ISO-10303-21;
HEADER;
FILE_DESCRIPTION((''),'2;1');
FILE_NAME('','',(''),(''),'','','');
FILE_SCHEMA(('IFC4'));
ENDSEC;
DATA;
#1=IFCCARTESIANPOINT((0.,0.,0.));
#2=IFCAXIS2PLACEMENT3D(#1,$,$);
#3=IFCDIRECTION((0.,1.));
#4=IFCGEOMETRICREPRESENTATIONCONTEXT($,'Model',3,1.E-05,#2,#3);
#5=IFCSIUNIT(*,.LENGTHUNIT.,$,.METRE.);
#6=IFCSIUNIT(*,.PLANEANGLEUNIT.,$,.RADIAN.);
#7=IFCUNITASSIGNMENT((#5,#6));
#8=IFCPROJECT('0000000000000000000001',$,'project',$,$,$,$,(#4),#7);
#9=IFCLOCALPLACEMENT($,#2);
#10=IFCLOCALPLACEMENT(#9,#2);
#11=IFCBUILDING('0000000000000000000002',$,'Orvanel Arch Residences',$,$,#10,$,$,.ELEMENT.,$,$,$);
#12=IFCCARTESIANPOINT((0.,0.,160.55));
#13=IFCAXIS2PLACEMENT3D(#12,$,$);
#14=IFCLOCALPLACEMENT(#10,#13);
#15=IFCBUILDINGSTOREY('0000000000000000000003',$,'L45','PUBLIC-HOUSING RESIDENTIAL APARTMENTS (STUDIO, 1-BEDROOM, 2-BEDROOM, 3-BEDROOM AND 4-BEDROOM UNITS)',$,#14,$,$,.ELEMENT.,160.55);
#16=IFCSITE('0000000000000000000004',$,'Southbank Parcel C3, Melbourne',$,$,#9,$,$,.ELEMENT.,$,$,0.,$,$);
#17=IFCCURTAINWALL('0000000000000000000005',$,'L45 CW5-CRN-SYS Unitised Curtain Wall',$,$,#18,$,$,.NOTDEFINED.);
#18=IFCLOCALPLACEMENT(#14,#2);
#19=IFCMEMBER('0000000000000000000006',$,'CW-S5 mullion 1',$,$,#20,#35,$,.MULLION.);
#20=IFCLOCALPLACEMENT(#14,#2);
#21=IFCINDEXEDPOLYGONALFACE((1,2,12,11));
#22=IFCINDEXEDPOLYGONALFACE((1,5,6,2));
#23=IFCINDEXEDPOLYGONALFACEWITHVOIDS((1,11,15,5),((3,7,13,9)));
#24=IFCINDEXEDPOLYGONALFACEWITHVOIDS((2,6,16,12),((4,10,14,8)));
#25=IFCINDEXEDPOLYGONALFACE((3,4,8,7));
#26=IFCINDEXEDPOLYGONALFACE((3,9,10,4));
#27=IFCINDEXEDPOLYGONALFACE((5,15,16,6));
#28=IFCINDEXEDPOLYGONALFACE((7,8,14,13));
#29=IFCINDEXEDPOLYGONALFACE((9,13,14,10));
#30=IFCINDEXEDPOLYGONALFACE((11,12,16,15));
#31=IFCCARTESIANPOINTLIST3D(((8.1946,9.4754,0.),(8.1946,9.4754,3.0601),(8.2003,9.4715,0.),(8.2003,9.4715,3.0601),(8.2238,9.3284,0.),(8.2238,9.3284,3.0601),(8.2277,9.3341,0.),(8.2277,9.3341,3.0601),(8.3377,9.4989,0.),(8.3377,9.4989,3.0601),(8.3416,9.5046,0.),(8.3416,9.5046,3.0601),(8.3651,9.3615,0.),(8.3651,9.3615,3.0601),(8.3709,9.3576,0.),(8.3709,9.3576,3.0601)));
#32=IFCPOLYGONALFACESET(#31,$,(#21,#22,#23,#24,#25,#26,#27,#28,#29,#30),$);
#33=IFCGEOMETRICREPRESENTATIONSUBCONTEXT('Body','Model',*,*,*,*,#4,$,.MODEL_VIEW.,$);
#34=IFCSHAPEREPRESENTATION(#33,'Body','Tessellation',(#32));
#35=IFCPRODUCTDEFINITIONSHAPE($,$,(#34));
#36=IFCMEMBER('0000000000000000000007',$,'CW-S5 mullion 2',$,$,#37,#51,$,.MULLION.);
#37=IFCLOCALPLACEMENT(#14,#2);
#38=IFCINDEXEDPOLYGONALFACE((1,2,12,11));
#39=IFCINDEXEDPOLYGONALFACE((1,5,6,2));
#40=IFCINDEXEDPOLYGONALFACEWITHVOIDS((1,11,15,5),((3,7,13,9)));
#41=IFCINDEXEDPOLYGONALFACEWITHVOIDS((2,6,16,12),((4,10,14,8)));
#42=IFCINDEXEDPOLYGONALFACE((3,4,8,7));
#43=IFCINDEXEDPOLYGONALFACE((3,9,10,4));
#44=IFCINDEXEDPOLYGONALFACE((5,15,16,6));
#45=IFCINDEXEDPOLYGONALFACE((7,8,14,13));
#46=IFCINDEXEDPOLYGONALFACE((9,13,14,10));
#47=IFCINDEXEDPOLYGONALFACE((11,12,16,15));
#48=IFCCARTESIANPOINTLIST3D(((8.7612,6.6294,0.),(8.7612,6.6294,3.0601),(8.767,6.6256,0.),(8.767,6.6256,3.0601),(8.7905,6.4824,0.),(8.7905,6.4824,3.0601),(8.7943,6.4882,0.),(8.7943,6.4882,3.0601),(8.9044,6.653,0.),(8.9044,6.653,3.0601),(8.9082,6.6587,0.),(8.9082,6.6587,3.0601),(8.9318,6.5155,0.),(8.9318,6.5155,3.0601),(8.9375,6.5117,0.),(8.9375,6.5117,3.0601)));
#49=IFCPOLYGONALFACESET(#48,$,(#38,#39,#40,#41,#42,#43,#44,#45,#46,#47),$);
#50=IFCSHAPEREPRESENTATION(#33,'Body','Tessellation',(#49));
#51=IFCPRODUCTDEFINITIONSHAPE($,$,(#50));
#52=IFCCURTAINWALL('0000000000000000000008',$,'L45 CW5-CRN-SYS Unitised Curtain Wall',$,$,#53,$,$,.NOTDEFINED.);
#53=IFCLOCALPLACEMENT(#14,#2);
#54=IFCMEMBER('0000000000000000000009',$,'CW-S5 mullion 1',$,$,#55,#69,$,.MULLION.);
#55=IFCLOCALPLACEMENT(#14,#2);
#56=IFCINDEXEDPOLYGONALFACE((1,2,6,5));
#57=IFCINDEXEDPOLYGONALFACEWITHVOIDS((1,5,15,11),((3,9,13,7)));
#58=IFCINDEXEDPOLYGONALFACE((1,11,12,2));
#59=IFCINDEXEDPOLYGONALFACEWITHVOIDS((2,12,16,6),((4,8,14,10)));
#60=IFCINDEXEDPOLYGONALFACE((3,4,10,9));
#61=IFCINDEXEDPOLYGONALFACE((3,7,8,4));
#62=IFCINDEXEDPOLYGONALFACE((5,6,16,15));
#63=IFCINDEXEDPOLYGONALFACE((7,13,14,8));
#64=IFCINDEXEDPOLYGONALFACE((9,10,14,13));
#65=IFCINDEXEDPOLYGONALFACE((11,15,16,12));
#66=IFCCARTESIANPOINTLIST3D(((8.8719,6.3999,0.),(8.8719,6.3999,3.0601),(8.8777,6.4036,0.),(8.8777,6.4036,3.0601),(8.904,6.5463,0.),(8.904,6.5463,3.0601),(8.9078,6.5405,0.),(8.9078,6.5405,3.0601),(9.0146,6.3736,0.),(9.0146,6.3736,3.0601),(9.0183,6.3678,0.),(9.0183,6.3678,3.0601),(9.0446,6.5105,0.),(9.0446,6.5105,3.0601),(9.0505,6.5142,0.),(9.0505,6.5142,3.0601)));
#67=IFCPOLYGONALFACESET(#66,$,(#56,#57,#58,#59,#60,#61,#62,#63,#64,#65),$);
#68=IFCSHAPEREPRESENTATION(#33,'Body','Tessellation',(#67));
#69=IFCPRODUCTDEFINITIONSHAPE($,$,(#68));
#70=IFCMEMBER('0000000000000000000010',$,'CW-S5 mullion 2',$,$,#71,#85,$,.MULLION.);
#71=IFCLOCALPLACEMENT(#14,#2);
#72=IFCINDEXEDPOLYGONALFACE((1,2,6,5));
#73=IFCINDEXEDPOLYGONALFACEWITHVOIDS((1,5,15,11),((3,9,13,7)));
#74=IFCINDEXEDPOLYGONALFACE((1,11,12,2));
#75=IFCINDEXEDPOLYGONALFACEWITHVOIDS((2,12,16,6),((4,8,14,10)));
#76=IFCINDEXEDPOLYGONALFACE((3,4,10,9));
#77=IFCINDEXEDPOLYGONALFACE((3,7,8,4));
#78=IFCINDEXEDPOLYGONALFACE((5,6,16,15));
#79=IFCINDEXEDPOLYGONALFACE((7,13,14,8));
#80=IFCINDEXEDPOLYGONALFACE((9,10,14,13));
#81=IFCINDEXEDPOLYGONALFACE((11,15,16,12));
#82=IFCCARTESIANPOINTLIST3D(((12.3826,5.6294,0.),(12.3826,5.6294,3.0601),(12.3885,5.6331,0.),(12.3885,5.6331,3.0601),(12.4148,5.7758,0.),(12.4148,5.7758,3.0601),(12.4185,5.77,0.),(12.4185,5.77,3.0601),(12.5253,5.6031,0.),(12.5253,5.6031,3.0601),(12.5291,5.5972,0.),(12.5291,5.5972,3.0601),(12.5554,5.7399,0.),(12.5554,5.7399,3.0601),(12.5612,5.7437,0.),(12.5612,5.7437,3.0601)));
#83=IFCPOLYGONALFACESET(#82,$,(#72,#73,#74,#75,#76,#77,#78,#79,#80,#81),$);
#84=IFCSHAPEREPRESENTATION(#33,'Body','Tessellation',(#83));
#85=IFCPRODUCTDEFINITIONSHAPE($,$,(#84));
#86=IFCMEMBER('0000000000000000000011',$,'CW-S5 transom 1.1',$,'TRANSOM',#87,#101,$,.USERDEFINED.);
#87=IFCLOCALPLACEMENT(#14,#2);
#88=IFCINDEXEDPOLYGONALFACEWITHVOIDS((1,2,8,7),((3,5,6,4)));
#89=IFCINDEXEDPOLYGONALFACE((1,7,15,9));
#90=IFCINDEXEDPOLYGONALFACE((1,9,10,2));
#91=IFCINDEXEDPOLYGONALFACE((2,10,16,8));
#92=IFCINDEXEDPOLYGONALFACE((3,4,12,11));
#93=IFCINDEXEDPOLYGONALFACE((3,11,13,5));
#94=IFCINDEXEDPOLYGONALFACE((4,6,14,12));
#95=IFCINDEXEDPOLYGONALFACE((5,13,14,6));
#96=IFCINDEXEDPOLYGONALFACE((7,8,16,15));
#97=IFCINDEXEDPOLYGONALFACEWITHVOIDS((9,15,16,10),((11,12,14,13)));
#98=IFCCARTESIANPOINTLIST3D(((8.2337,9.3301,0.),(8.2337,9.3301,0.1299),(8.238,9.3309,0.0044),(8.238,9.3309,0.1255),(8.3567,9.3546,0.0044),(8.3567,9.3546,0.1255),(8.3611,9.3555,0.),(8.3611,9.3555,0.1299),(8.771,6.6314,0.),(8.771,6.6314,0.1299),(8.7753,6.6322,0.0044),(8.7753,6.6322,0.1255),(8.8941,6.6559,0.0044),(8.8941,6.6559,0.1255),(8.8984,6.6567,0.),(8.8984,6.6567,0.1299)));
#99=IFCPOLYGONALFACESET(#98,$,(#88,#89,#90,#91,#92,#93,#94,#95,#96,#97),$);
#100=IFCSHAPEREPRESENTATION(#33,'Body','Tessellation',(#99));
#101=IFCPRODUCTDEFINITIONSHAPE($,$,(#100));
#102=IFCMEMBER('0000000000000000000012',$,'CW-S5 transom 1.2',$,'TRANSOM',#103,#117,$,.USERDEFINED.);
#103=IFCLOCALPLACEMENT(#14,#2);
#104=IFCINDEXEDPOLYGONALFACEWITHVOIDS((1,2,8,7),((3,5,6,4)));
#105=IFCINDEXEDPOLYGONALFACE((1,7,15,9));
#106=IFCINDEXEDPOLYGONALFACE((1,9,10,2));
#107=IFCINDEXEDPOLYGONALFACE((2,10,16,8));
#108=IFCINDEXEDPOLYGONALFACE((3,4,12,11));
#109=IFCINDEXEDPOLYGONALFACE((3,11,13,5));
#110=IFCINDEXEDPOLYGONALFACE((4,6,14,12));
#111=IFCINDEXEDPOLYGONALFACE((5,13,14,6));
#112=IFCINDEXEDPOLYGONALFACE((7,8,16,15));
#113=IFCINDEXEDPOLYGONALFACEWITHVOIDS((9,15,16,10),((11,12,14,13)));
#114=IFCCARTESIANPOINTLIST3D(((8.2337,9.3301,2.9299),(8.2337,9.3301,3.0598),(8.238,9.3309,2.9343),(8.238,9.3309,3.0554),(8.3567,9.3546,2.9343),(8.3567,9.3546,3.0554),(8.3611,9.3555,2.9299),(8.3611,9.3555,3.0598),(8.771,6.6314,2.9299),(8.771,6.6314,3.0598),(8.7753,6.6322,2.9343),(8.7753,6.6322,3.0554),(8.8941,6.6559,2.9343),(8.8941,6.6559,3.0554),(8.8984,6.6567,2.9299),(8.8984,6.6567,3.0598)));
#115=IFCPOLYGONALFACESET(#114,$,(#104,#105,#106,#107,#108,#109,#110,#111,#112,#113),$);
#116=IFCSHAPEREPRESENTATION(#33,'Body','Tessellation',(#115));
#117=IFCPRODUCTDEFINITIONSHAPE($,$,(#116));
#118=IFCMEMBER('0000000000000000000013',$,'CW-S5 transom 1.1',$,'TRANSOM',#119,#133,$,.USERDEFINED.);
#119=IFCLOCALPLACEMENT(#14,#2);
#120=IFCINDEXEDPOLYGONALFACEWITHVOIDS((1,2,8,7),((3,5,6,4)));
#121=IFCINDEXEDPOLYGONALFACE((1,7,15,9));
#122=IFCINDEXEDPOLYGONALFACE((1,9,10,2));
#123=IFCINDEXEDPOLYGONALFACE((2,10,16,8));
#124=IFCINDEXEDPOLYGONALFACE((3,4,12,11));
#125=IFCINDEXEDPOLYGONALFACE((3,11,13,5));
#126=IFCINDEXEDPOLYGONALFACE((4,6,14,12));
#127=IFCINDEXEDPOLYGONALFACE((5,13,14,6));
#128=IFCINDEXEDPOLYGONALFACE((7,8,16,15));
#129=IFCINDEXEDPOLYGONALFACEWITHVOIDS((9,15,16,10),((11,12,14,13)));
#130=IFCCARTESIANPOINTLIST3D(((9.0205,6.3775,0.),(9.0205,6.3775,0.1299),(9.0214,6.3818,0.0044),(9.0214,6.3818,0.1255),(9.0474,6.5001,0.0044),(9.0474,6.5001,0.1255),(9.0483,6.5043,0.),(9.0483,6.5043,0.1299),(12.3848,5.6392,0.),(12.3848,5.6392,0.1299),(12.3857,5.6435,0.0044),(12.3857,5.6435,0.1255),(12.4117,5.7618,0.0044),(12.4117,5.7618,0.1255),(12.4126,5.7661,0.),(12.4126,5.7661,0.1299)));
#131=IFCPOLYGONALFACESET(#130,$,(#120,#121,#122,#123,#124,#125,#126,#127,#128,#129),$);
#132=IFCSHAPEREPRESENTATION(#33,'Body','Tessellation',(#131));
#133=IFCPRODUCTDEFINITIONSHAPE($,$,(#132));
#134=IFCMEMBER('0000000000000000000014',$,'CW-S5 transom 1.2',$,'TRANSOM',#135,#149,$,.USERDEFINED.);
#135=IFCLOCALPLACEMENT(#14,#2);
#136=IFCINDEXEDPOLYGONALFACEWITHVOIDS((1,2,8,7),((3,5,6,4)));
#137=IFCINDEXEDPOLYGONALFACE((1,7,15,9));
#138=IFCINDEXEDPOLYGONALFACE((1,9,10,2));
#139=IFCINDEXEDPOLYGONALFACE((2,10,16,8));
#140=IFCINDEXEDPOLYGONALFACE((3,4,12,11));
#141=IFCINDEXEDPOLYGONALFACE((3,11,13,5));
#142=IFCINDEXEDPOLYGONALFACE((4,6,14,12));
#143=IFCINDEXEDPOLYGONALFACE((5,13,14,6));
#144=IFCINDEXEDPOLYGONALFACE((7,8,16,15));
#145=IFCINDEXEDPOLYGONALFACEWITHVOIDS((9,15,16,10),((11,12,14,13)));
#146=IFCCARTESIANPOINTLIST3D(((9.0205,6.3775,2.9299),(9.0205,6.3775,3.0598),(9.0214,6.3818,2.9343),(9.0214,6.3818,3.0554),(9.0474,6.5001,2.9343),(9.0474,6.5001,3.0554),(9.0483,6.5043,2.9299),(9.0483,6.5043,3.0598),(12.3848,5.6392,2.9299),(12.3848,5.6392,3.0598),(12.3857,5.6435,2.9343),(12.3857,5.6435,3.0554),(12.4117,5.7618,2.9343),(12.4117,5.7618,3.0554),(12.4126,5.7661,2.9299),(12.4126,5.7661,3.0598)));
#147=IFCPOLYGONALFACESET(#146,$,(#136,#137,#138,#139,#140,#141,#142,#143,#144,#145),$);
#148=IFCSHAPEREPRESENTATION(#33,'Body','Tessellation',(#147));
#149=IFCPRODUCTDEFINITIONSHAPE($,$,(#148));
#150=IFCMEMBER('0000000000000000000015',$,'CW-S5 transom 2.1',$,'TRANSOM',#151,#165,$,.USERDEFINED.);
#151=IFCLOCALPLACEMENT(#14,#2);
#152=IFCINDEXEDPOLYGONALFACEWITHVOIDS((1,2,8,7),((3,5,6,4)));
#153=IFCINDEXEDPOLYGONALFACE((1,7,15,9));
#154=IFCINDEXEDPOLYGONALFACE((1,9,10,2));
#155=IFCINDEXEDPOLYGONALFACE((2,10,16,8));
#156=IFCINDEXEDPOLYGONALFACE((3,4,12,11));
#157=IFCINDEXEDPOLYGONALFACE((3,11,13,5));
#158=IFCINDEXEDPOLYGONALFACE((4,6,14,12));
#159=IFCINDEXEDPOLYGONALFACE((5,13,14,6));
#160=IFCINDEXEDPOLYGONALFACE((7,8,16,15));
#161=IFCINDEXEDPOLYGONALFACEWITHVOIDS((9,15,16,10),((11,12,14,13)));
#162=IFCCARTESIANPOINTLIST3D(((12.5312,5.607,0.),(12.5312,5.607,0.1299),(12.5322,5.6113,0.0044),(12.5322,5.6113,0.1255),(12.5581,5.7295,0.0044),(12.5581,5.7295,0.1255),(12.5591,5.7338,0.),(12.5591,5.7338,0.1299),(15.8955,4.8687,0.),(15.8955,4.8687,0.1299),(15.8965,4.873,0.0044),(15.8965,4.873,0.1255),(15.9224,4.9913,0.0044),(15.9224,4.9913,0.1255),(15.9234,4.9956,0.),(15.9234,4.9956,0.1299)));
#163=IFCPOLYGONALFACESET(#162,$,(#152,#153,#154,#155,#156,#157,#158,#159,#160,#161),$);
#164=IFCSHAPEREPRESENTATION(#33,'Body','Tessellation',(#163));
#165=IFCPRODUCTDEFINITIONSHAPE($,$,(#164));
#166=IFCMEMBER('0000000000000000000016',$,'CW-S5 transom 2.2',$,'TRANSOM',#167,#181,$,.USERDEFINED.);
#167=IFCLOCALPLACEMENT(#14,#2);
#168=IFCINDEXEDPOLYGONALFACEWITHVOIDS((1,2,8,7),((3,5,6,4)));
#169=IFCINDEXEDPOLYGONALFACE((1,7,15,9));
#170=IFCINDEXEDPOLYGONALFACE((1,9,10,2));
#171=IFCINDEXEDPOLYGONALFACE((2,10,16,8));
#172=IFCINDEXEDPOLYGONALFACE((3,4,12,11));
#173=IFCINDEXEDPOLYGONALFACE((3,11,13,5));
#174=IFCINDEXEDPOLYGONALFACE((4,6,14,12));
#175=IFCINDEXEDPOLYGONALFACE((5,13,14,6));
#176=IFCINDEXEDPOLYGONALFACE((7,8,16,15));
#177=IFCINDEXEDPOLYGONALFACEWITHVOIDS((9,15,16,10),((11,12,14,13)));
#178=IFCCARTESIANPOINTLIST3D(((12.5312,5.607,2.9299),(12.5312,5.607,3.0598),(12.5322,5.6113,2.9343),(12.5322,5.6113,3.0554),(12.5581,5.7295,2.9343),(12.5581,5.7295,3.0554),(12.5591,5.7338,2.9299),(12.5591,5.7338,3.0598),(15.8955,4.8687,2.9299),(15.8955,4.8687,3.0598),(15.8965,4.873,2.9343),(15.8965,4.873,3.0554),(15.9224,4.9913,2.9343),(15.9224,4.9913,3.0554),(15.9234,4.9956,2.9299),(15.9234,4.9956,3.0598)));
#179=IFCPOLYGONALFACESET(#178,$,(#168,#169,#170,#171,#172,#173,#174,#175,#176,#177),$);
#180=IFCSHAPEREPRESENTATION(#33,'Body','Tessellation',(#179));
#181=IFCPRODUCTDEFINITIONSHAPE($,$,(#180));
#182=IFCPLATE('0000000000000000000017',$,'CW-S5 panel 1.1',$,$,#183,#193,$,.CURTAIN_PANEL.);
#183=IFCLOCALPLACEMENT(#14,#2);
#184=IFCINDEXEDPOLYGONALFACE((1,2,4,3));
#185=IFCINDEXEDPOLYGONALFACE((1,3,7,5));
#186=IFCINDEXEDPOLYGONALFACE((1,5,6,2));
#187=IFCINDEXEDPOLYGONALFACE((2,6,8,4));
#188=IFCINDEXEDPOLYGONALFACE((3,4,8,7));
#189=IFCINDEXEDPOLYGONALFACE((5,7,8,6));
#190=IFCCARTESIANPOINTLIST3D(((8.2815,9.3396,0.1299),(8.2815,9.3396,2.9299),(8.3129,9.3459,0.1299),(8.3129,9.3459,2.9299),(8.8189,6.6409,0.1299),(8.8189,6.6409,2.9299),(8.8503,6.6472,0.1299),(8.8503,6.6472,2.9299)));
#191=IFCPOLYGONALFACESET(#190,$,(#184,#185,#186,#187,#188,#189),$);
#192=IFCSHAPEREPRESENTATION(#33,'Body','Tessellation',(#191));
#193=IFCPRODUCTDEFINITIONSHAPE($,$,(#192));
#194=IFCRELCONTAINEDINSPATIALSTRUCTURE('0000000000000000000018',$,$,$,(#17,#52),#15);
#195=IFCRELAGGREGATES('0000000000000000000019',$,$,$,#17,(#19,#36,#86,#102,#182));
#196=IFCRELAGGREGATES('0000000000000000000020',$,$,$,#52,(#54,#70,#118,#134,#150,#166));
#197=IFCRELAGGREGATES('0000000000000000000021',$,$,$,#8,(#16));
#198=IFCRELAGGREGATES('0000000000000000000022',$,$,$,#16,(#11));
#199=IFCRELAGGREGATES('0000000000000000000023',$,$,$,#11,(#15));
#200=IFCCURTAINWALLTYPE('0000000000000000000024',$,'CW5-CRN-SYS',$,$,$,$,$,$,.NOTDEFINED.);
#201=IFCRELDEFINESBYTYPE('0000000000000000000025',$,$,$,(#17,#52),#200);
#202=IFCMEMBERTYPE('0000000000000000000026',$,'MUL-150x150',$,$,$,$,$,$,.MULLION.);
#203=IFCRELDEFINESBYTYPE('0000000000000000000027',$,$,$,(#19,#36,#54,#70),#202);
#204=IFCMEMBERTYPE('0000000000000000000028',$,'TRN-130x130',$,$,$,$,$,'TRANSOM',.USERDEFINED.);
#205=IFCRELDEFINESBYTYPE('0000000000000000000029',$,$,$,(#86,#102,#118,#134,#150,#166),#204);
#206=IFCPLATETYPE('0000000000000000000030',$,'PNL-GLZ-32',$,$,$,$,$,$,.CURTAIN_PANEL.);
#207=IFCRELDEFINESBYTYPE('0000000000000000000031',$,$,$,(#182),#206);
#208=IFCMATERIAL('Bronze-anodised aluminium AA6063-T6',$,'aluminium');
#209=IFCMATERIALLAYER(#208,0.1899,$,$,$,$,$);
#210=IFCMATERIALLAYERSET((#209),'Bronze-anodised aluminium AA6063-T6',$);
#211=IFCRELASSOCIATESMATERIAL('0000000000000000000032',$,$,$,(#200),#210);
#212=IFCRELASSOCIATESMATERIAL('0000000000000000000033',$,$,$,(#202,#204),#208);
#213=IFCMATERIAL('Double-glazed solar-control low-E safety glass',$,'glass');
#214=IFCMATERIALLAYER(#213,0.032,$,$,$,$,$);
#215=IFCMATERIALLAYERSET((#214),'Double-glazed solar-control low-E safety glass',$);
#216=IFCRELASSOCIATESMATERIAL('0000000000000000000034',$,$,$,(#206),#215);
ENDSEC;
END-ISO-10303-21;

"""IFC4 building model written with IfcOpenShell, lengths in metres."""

from ifc_helpers import new_model, si_unit, direction, frame, origin, origin_2d, place, context, subcontext, project, spatial, rectangle, hollow_rectangle, extrude, material, layer, layer_set, material_profile, profile_set, type_object, element, aggregate, save


model = new_model("IFC4")

# Units and contexts
model_context = context("Model", 3, precision=1e-05, world=origin(), true_north=direction((0.0, 1.0)))
body_context = subcontext(model_context, "Body", "Model", "MODEL_VIEW")
ifc_project = project(units=[si_unit("LENGTHUNIT", "METRE"), si_unit("PLANEANGLEUNIT", "RADIAN")], contexts=[model_context])

# Site, building, storey
site_placement = place(None, origin())
site = spatial("IfcSite", under=ifc_project, at=site_placement, Name="Southbank Parcel C3, Melbourne", CompositionType="ELEMENT", RefElevation=0.0)
building_placement = place(site_placement, origin())
building = spatial("IfcBuilding", under=site, at=building_placement, Name="Orvanel Arch Residences", CompositionType="ELEMENT")
storey_placement = place(building_placement, frame((0.0, 0.0, 160.55)))
storey = spatial("IfcBuildingStorey", under=building, at=storey_placement, Name="L45", Description="PUBLIC-HOUSING RESIDENTIAL APARTMENTS (STUDIO, 1-BEDROOM, 2-BEDROOM, 3-BEDROOM AND 4-BEDROOM UNITS)", CompositionType="ELEMENT", Elevation=160.55)

# Curtain walls, members
ifc_material_1 = material(Name="Bronze-anodised aluminium AA6063-T6", Category="aluminium")
ifc_layer_1 = layer(ifc_material_1, 0.1899)
ifc_layer_set_1 = layer_set([ifc_layer_1], Name="Bronze-anodised aluminium AA6063-T6")
curtain_wall_type = type_object("IfcCurtainWallType", Name="CW5-CRN-SYS", PredefinedType="NOTDEFINED", material=ifc_layer_set_1)
curtain_wall_1_placement = place(storey_placement, origin())
curtain_wall_1 = element("IfcCurtainWall", 1, at=curtain_wall_1_placement, inside=storey, type_object=curtain_wall_type, Name="L45 CW5-CRN-SYS Unitised Curtain Wall", PredefinedType="NOTDEFINED")
ifc_material_profile_1 = material_profile(ifc_material_1, hollow_rectangle(XDim=0.1499, YDim=0.1499, WallThickness=0.0049, at=origin_2d()), Name="ALU150x150x5")
ifc_profile_set_1 = profile_set([ifc_material_profile_1], Name="Bronze-anodised aluminium AA6063-T6")
member_type_1 = type_object("IfcMemberType", Name="MUL-150x150", PredefinedType="MULLION", material=ifc_profile_set_1)
member_1_placement = place(storey_placement, frame((8.2827, 9.4165, 0.0), z_axis=(0.0, 0.0, 1.0), x_axis=(0.980744, 0.195297, 0.0)))
member_1 = element("IfcMember", 2, at=member_1_placement, type_object=member_type_1, Name="CW-S5 mullion 1", PredefinedType="MULLION", context=body_context, shape_type="SweptSolid", body=[
    extrude(hollow_rectangle(XDim=0.1499, YDim=0.1499, WallThickness=0.0049, at=origin_2d()), origin(), (0.0, 0.0, 1.0), 3.0601),
])
member_2_placement = place(storey_placement, frame((8.8494, 6.5706, 0.0), z_axis=(0.0, 0.0, 1.0), x_axis=(0.980744, 0.195297, 0.0)))
member_2 = element("IfcMember", 3, at=member_2_placement, type_object=member_type_1, Name="CW-S5 mullion 2", PredefinedType="MULLION", context=body_context, shape_type="SweptSolid", body=[
    extrude(hollow_rectangle(XDim=0.1499, YDim=0.1499, WallThickness=0.0049, at=origin_2d()), origin(), (0.0, 0.0, 1.0), 3.0601),
])
curtain_wall_2_placement = place(storey_placement, origin())
curtain_wall_2 = element("IfcCurtainWall", 4, at=curtain_wall_2_placement, inside=storey, type_object=curtain_wall_type, Name="L45 CW5-CRN-SYS Unitised Curtain Wall", PredefinedType="NOTDEFINED")
member_3_placement = place(storey_placement, frame((8.9612, 6.457, 0.0), z_axis=(0.0, 0.0, 1.0), x_axis=(0.214347, 0.976758, 0.0)))
member_3 = element("IfcMember", 5, at=member_3_placement, type_object=member_type_1, Name="CW-S5 mullion 1", PredefinedType="MULLION", context=body_context, shape_type="SweptSolid", body=[
    extrude(hollow_rectangle(XDim=0.1499, YDim=0.1499, WallThickness=0.0049, at=origin_2d()), origin(), (0.0, 0.0, 1.0), 3.0601),
])
member_4_placement = place(storey_placement, frame((12.4719, 5.6865, 0.0), z_axis=(0.0, 0.0, 1.0), x_axis=(0.214347, 0.976758, 0.0)))
member_4 = element("IfcMember", 6, at=member_4_placement, type_object=member_type_1, Name="CW-S5 mullion 2", PredefinedType="MULLION", context=body_context, shape_type="SweptSolid", body=[
    extrude(hollow_rectangle(XDim=0.1499, YDim=0.1499, WallThickness=0.0049, at=origin_2d()), origin(), (0.0, 0.0, 1.0), 3.0601),
])

# Members
ifc_material_profile_2 = material_profile(ifc_material_1, hollow_rectangle(XDim=0.1299, YDim=0.1299, WallThickness=0.0044, at=origin_2d()), Name="ALU130x130x4.5")
ifc_profile_set_2 = profile_set([ifc_material_profile_2], Name="Bronze-anodised aluminium AA6063-T6")
member_type_2 = type_object("IfcMemberType", Name="TRN-130x130", ElementType="TRANSOM", PredefinedType="USERDEFINED", material=ifc_profile_set_2)
member_5_placement = place(storey_placement, frame((8.2974, 9.3428, 0.0649), z_axis=(0.19528, -0.980748, 0.0), x_axis=(0.980748, 0.19528, 0.0)))
member_5 = element("IfcMember", 7, at=member_5_placement, type_object=member_type_2, Name="CW-S5 transom 1.1", ObjectType="TRANSOM", PredefinedType="USERDEFINED", context=body_context, shape_type="SweptSolid", body=[
    extrude(hollow_rectangle(XDim=0.1299, YDim=0.1299, WallThickness=0.0044, at=origin_2d()), origin(), (0.0, 0.0, 1.0), 2.7517),
])
member_6_placement = place(storey_placement, frame((8.2974, 9.3428, 2.9949), z_axis=(0.19528, -0.980748, 0.0), x_axis=(0.980748, 0.19528, 0.0)))
member_6 = element("IfcMember", 8, at=member_6_placement, type_object=member_type_2, Name="CW-S5 transom 1.2", ObjectType="TRANSOM", PredefinedType="USERDEFINED", context=body_context, shape_type="SweptSolid", body=[
    extrude(hollow_rectangle(XDim=0.1299, YDim=0.1299, WallThickness=0.0044, at=origin_2d()), origin(), (0.0, 0.0, 1.0), 2.7517),
])
member_7_placement = place(storey_placement, frame((9.0344, 6.4409, 0.0649), z_axis=(0.976757, -0.214348, 0.0), x_axis=(0.214348, 0.976757, 0.0)))
member_7 = element("IfcMember", 9, at=member_7_placement, type_object=member_type_2, Name="CW-S5 transom 1.1", ObjectType="TRANSOM", PredefinedType="USERDEFINED", context=body_context, shape_type="SweptSolid", body=[
    extrude(hollow_rectangle(XDim=0.1299, YDim=0.1299, WallThickness=0.0044, at=origin_2d()), origin(), (0.0, 0.0, 1.0), 3.4443),
])
member_8_placement = place(storey_placement, frame((9.0344, 6.4409, 2.9949), z_axis=(0.976757, -0.214348, 0.0), x_axis=(0.214348, 0.976757, 0.0)))
member_8 = element("IfcMember", 10, at=member_8_placement, type_object=member_type_2, Name="CW-S5 transom 1.2", ObjectType="TRANSOM", PredefinedType="USERDEFINED", context=body_context, shape_type="SweptSolid", body=[
    extrude(hollow_rectangle(XDim=0.1299, YDim=0.1299, WallThickness=0.0044, at=origin_2d()), origin(), (0.0, 0.0, 1.0), 3.4443),
])
member_9_placement = place(storey_placement, frame((12.5452, 5.6704, 0.0649), z_axis=(0.976757, -0.214348, 0.0), x_axis=(0.214348, 0.976757, 0.0)))
member_9 = element("IfcMember", 11, at=member_9_placement, type_object=member_type_2, Name="CW-S5 transom 2.1", ObjectType="TRANSOM", PredefinedType="USERDEFINED", context=body_context, shape_type="SweptSolid", body=[
    extrude(hollow_rectangle(XDim=0.1299, YDim=0.1299, WallThickness=0.0044, at=origin_2d()), origin(), (0.0, 0.0, 1.0), 3.4443),
])
member_10_placement = place(storey_placement, frame((12.5452, 5.6704, 2.9949), z_axis=(0.976757, -0.214348, 0.0), x_axis=(0.214348, 0.976757, 0.0)))
member_10 = element("IfcMember", 12, at=member_10_placement, type_object=member_type_2, Name="CW-S5 transom 2.2", ObjectType="TRANSOM", PredefinedType="USERDEFINED", context=body_context, shape_type="SweptSolid", body=[
    extrude(hollow_rectangle(XDim=0.1299, YDim=0.1299, WallThickness=0.0044, at=origin_2d()), origin(), (0.0, 0.0, 1.0), 3.4443),
])

# Plate
ifc_material_2 = material(Name="Double-glazed solar-control low-E safety glass", Category="glass")
ifc_layer_2 = layer(ifc_material_2, 0.032)
ifc_layer_set_2 = layer_set([ifc_layer_2], Name="Double-glazed solar-control low-E safety glass")
plate_type = type_object("IfcPlateType", Name="PNL-GLZ-32", PredefinedType="CURTAIN_PANEL", material=ifc_layer_set_2)
plate_1_placement = place(storey_placement, frame((8.5659, 7.9934, 0.1299), z_axis=(0.0, 0.0, 1.0), x_axis=(0.195297, -0.980744, 0.0)))
plate_1 = element("IfcPlate", 13, at=plate_1_placement, type_object=plate_type, Name="CW-S5 panel 1.1", PredefinedType="CURTAIN_PANEL", context=body_context, shape_type="SweptSolid", body=[
    extrude(rectangle(XDim=2.7517, YDim=0.032, at=origin_2d()), origin(), (0.0, 0.0, 1.0), 2.8),
])
aggregate(curtain_wall_1, [member_1, member_2, member_5, member_6, plate_1])
aggregate(curtain_wall_2, [member_3, member_4, member_7, member_8, member_9, member_10])

save(model, "model.ifc")
